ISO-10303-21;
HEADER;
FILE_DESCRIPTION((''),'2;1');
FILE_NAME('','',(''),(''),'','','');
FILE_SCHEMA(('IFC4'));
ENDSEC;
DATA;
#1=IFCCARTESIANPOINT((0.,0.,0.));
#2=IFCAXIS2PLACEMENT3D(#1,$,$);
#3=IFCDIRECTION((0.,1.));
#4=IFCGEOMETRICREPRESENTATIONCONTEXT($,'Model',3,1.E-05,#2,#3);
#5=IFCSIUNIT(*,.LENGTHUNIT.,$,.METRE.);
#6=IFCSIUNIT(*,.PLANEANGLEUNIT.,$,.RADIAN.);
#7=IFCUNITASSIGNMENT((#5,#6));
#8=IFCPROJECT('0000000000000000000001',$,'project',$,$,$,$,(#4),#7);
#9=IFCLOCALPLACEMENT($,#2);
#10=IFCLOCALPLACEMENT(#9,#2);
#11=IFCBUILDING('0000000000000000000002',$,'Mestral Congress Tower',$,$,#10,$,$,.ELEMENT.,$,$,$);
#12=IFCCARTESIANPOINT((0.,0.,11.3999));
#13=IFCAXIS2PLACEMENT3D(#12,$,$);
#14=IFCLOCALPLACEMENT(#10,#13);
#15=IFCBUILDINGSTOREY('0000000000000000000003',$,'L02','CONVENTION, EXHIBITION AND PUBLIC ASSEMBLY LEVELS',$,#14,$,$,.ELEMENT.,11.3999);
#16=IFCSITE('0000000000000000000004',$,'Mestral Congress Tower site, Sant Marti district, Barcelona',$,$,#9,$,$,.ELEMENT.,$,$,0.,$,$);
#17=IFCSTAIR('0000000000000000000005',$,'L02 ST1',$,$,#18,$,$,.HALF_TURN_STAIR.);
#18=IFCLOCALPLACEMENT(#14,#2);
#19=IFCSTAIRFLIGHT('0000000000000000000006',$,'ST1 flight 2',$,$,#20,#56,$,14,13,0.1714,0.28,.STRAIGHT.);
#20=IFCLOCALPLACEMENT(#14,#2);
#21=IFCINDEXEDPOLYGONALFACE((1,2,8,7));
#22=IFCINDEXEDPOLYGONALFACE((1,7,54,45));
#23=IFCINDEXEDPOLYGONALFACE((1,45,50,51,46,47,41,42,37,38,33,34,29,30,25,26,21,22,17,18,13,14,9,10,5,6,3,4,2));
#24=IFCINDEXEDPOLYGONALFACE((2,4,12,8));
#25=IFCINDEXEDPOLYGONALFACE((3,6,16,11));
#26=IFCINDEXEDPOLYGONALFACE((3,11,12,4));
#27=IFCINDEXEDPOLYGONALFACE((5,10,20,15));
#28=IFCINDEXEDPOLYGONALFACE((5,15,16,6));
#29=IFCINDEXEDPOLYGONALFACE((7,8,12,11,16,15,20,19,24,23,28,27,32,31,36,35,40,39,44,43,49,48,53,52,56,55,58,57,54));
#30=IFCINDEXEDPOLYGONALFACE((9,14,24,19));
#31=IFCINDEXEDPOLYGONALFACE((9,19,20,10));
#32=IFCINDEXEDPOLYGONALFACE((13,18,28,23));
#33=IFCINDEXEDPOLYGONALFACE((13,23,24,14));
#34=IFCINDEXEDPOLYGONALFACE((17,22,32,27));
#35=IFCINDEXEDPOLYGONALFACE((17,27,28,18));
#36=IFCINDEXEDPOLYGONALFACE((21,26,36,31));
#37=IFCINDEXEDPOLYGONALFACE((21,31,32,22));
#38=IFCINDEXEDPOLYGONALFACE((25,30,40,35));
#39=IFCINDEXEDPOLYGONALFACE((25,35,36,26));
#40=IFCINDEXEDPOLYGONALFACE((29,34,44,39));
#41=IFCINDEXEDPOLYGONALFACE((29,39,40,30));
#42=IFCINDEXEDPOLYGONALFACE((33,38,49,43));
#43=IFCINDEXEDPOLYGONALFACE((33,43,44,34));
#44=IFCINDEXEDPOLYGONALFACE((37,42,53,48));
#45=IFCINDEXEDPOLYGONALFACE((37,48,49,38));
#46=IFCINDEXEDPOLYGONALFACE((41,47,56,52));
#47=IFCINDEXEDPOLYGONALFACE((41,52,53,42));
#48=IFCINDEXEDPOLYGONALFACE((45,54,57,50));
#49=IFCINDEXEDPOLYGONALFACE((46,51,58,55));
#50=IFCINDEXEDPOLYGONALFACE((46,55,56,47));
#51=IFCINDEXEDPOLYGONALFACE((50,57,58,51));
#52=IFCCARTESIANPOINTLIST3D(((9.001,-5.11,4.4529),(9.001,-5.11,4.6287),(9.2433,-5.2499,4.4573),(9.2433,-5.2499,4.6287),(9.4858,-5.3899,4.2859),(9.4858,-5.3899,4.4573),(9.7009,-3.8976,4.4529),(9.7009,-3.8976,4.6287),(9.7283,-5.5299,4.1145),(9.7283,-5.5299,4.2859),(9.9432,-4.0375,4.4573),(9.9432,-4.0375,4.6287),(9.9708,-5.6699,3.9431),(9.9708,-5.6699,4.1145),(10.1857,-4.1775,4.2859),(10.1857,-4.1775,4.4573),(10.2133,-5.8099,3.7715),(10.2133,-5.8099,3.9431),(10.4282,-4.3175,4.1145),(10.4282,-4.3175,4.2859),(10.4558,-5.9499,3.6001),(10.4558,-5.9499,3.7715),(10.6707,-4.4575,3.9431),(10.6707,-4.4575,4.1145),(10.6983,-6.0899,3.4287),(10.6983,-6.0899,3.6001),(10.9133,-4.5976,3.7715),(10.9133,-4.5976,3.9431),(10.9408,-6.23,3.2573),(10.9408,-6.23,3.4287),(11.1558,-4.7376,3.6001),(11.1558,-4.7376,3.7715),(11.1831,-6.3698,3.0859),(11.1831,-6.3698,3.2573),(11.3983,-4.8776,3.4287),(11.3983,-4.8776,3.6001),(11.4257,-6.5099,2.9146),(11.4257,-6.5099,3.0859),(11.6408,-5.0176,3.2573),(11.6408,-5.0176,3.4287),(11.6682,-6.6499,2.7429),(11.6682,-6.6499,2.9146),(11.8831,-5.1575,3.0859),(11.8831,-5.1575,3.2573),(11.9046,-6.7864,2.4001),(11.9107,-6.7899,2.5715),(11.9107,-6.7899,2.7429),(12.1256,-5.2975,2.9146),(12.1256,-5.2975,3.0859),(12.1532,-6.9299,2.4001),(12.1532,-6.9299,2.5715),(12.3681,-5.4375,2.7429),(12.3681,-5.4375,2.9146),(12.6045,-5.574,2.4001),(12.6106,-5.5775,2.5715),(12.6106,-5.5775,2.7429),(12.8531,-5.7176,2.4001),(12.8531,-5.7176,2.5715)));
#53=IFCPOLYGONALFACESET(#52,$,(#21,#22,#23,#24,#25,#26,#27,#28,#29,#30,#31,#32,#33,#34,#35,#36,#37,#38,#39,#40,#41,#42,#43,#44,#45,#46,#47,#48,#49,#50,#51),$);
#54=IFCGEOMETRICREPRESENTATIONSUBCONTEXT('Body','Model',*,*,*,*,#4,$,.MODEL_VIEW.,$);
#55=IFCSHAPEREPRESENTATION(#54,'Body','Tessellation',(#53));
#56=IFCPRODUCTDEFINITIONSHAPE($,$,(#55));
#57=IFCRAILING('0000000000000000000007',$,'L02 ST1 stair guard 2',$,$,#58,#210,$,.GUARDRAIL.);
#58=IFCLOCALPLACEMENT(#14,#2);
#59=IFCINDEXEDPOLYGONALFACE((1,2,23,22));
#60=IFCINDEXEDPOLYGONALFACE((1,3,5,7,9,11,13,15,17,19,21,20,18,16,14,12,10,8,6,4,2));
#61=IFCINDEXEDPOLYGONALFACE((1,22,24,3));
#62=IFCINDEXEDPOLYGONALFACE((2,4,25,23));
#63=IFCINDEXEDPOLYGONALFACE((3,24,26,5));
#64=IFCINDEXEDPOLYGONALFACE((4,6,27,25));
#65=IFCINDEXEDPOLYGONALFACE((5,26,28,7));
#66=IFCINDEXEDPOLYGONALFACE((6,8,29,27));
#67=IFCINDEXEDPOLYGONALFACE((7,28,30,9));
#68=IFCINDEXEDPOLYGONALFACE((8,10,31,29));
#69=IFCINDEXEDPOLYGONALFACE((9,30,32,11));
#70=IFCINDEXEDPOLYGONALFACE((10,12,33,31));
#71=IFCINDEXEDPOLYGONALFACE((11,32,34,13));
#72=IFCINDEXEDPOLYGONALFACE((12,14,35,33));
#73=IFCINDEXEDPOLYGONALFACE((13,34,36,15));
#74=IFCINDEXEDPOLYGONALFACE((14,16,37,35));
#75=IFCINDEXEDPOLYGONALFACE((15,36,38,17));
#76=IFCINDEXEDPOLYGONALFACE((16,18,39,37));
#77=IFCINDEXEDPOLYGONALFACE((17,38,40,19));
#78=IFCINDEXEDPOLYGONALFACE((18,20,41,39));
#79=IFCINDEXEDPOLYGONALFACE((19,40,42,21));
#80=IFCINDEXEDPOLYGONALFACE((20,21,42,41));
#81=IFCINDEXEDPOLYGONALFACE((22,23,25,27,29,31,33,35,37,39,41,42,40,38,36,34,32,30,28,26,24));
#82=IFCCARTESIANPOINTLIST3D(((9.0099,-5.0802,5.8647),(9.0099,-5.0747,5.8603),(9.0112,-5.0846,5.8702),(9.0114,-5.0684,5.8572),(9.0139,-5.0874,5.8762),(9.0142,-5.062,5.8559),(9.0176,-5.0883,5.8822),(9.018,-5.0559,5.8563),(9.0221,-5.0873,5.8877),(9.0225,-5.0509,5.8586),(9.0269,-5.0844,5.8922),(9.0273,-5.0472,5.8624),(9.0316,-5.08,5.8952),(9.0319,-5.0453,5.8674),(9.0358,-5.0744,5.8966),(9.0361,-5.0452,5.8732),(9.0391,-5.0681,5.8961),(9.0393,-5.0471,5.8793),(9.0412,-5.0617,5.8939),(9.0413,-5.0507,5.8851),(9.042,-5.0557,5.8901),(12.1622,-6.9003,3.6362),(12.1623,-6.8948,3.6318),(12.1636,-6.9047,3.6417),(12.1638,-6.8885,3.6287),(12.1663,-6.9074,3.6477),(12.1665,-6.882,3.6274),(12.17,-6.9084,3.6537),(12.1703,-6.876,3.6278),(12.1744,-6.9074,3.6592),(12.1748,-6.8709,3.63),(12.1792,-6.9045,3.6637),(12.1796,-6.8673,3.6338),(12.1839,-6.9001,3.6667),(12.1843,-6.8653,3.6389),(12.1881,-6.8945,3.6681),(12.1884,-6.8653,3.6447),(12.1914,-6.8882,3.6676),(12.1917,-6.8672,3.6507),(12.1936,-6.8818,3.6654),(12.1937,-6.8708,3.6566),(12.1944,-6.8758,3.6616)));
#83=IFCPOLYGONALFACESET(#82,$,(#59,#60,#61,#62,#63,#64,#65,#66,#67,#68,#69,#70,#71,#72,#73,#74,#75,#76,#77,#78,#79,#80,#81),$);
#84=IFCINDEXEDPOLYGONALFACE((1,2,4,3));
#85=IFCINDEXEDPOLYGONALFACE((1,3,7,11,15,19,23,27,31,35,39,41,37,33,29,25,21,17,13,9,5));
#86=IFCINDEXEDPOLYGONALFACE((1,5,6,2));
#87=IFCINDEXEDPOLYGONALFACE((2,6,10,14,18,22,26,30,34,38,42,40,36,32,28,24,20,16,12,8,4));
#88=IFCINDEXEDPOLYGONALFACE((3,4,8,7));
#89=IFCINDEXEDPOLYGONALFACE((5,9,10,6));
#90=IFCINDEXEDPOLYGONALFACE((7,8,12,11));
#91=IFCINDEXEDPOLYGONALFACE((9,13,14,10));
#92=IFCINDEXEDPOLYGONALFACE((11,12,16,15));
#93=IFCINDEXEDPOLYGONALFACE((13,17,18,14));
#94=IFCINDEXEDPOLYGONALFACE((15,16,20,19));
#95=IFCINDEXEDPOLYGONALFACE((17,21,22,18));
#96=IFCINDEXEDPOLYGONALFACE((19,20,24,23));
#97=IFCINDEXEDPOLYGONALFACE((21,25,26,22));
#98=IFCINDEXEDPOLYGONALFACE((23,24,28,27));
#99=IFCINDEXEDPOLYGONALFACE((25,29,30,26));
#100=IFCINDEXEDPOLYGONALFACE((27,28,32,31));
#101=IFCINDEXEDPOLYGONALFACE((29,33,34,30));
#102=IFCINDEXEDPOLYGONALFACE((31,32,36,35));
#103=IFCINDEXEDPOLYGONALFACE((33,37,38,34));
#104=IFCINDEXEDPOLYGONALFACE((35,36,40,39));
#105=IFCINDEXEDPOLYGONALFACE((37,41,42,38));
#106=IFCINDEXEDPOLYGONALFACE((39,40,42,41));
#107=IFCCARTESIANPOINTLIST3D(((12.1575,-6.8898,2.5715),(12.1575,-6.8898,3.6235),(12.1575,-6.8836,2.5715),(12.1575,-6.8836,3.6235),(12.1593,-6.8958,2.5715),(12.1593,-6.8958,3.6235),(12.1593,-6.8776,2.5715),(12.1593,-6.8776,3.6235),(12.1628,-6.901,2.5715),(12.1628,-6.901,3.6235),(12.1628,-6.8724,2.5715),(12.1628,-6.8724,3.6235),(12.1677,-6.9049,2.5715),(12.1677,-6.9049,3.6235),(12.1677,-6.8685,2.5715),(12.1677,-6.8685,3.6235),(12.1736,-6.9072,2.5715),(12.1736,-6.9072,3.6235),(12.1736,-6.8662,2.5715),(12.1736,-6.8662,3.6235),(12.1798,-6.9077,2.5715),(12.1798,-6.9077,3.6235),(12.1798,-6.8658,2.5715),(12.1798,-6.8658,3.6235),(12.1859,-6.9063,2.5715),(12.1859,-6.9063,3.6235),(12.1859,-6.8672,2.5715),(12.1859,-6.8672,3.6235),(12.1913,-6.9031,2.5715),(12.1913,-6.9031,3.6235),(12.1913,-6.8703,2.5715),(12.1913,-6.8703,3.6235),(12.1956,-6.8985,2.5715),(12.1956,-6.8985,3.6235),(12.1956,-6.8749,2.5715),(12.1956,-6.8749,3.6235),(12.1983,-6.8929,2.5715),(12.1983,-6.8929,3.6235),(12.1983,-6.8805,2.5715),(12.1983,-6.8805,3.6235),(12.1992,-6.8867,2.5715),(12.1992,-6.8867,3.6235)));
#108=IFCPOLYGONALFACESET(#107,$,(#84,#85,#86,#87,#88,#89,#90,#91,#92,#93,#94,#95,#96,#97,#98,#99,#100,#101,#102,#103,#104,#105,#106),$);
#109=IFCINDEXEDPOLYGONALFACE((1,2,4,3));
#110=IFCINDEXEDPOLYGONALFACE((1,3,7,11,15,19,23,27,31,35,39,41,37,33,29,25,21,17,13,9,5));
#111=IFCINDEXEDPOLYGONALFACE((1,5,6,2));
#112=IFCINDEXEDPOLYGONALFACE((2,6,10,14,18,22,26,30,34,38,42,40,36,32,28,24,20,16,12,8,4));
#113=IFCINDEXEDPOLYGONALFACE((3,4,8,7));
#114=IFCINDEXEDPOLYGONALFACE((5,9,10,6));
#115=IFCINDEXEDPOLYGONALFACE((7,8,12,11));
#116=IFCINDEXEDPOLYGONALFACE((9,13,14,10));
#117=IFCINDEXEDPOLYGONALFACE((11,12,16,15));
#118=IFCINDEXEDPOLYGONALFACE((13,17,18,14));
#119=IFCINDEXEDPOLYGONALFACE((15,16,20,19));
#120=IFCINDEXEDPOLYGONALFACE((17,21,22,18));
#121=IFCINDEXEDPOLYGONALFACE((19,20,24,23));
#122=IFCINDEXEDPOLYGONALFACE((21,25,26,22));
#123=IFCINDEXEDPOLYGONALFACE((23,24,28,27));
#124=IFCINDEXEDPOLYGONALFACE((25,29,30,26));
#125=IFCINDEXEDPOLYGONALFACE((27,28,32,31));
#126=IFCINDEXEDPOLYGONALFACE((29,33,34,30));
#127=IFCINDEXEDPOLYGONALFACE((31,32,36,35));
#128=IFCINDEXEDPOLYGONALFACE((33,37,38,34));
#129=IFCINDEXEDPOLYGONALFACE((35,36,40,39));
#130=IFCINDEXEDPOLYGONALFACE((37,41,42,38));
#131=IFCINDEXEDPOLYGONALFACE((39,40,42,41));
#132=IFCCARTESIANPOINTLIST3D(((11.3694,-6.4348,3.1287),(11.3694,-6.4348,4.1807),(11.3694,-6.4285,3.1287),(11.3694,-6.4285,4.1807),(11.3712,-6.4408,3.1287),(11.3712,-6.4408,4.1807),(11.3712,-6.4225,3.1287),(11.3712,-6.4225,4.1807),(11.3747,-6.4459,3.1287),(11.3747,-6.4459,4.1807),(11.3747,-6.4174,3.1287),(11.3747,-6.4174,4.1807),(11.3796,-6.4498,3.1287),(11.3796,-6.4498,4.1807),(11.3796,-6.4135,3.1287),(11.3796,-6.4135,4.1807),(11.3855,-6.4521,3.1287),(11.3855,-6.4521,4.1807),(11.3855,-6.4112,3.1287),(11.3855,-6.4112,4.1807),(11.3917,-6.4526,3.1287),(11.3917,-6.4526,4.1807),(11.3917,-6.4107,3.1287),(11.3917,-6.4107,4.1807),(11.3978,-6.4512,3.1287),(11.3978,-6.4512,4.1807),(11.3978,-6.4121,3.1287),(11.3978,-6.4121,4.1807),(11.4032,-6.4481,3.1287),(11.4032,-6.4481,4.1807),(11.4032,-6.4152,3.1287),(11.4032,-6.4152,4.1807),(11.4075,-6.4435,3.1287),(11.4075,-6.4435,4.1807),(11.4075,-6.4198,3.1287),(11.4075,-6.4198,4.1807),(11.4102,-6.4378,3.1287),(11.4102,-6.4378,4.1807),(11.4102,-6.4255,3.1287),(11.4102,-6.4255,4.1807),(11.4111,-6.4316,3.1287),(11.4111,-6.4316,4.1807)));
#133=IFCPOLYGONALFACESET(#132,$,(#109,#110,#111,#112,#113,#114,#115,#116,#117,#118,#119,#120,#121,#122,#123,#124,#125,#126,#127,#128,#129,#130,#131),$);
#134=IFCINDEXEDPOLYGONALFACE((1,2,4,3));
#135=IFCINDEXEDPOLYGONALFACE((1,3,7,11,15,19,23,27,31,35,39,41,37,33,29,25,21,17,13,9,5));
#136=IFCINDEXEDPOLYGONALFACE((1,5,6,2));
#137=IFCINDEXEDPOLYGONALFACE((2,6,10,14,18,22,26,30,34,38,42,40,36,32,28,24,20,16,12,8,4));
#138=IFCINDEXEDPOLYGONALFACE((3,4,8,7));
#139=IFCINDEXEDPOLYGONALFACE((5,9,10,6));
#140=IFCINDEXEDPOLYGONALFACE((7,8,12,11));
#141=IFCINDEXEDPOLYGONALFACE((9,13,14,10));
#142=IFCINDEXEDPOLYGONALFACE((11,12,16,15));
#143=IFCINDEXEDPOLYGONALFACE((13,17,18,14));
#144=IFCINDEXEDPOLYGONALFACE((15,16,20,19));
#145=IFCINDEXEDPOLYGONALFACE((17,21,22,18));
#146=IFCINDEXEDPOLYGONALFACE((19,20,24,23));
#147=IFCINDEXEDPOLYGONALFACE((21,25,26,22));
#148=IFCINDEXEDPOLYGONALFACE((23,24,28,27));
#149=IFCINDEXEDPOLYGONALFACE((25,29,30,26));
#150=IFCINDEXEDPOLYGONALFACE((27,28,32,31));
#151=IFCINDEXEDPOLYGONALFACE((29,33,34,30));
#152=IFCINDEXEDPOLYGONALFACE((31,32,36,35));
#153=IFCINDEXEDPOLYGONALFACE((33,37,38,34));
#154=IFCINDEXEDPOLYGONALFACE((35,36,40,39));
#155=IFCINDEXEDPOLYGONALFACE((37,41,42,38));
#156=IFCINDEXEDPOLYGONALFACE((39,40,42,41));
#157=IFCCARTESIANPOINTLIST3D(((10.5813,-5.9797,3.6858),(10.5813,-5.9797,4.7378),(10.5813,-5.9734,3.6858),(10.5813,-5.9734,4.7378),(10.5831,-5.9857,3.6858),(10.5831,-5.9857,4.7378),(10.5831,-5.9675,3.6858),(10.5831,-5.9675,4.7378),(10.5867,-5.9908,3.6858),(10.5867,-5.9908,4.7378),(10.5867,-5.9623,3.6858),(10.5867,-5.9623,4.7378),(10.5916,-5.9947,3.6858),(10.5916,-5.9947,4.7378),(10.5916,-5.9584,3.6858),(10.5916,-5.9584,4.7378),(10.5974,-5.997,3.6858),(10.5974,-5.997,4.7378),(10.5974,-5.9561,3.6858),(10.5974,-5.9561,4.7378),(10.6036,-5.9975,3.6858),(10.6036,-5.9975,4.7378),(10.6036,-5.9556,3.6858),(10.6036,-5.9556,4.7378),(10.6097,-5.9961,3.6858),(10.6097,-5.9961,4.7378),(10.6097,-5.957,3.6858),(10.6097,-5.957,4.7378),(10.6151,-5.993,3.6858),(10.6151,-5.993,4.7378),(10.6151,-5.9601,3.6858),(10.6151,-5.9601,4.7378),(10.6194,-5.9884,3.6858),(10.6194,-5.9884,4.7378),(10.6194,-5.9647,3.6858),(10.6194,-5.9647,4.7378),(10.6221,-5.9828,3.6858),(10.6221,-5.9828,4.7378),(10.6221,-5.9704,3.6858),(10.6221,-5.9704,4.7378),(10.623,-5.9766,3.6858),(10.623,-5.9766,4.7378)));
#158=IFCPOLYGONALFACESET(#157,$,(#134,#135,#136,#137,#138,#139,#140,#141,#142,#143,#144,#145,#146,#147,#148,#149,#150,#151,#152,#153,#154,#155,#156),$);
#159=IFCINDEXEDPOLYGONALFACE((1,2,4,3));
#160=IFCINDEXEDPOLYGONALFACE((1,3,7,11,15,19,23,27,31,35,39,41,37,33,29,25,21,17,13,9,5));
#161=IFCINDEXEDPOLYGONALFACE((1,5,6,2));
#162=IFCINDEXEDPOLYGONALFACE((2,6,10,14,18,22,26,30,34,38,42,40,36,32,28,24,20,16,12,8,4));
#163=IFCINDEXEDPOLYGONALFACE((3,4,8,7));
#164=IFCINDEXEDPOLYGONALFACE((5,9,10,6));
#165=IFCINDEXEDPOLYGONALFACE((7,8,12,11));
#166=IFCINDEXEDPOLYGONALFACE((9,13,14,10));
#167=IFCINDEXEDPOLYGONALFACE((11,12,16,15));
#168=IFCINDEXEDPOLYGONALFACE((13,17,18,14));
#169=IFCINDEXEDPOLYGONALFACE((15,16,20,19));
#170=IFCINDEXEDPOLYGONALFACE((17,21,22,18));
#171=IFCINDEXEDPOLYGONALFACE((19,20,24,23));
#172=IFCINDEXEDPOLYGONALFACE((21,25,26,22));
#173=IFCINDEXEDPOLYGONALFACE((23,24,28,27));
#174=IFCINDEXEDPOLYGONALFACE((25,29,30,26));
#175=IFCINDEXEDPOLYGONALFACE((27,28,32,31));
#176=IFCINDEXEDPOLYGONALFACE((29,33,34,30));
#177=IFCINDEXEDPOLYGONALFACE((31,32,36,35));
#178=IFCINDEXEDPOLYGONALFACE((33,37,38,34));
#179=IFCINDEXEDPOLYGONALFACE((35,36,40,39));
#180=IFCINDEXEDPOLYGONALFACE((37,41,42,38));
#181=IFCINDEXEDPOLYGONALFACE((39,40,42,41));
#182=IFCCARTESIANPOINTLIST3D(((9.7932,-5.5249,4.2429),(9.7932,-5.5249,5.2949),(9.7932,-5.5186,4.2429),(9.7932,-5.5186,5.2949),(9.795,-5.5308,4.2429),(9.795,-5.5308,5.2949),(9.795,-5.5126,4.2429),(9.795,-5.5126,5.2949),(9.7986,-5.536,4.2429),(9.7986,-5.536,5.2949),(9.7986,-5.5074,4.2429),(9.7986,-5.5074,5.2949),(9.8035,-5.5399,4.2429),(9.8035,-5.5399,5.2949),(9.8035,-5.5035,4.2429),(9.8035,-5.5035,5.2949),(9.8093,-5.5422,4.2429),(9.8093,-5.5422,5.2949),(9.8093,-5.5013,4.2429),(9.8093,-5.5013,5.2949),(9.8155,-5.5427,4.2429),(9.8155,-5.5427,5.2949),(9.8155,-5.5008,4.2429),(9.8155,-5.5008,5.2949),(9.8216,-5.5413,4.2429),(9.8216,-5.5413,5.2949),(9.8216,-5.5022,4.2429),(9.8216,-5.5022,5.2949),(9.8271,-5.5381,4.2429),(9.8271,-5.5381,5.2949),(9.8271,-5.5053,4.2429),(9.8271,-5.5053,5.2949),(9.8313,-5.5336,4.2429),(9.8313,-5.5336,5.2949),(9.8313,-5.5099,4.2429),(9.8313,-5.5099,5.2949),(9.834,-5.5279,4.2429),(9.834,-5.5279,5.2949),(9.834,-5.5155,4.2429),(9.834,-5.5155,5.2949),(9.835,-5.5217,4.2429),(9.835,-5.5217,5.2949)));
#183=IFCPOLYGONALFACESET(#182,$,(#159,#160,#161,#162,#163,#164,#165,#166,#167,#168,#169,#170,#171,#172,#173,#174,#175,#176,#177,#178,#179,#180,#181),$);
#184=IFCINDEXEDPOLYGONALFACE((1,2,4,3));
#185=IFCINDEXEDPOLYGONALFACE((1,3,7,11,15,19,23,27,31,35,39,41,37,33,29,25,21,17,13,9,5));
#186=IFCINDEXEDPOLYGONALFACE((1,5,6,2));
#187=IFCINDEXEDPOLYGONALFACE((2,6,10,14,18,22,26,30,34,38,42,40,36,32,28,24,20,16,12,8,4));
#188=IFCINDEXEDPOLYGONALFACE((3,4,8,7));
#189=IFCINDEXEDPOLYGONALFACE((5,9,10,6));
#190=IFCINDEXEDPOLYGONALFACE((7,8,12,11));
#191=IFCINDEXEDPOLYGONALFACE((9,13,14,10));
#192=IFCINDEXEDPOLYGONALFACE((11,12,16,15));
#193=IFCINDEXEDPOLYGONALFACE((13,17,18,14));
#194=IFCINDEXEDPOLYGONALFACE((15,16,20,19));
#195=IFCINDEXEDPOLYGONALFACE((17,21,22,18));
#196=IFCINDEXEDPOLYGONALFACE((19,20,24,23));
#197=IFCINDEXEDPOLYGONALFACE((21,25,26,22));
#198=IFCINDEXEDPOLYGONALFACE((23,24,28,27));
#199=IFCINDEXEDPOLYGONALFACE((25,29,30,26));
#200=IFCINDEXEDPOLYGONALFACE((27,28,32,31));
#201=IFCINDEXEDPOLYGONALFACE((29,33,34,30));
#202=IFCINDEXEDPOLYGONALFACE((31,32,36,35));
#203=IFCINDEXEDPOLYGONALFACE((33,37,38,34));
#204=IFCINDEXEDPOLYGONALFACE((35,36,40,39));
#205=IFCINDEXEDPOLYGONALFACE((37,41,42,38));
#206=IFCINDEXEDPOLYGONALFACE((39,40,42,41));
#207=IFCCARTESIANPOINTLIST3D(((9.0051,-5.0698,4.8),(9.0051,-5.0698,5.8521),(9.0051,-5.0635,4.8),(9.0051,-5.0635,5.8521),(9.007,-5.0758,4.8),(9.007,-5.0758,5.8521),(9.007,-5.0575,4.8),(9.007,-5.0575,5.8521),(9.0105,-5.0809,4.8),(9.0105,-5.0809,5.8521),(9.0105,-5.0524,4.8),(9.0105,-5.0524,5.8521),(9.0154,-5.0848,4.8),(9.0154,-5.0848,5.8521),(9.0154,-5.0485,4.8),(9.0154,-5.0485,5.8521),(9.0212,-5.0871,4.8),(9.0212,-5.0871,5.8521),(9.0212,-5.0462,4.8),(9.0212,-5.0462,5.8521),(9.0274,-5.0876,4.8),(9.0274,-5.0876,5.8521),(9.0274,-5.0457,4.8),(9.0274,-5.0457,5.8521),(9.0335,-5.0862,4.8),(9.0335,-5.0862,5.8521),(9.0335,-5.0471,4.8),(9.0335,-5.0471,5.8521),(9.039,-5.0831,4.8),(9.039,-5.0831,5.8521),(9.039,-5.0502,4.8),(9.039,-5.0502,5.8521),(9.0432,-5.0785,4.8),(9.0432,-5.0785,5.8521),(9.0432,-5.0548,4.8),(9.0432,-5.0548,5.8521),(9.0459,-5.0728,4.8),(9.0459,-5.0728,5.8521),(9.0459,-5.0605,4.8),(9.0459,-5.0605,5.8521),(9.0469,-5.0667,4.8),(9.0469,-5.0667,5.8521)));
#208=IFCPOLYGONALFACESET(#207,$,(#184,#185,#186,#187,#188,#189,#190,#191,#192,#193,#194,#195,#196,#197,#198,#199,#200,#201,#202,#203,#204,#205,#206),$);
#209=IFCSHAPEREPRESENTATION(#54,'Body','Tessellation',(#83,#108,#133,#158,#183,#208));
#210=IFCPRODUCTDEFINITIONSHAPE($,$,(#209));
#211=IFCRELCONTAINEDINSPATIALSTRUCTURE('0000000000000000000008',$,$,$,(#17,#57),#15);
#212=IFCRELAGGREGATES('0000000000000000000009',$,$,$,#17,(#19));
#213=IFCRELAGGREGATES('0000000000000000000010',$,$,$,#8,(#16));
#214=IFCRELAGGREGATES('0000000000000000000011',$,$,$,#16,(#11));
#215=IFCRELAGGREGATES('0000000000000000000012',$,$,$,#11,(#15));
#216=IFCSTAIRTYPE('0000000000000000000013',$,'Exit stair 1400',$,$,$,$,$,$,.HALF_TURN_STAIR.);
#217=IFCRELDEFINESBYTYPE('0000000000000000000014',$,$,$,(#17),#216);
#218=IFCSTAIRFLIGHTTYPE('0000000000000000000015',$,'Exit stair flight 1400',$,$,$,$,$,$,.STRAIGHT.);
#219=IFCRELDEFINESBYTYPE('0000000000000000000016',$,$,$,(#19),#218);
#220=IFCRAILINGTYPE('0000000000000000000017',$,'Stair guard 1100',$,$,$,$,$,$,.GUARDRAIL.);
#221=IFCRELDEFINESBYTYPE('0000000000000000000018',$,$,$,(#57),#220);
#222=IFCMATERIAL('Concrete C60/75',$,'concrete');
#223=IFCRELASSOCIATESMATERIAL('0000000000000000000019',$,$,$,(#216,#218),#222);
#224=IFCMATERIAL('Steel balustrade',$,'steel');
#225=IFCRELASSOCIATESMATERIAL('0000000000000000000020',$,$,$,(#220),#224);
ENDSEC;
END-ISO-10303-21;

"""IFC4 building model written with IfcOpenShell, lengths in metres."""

from ifc_helpers import new_model, si_unit, direction, frame, origin, origin_2d, place, context, subcontext, project, spatial, polyline, circle, outline, extrude, material, type_object, element, aggregate, save


model = new_model("IFC4")

# Units and contexts
model_context = context("Model", 3, precision=1e-05, world=origin(), true_north=direction((0.0, 1.0)))
body_context = subcontext(model_context, "Body", "Model", "MODEL_VIEW")
ifc_project = project(units=[si_unit("LENGTHUNIT", "METRE"), si_unit("PLANEANGLEUNIT", "RADIAN")], contexts=[model_context])

# Site, building, storey
site_placement = place(None, origin())
site = spatial("IfcSite", under=ifc_project, at=site_placement, Name="Mestral Congress Tower site, Sant Marti district, Barcelona", CompositionType="ELEMENT", RefElevation=0.0)
building_placement = place(site_placement, origin())
building = spatial("IfcBuilding", under=site, at=building_placement, Name="Mestral Congress Tower", CompositionType="ELEMENT")
storey_placement = place(building_placement, frame((0.0, 0.0, 11.3999)))
storey = spatial("IfcBuildingStorey", under=building, at=storey_placement, Name="L02", Description="CONVENTION, EXHIBITION AND PUBLIC ASSEMBLY LEVELS", CompositionType="ELEMENT", Elevation=11.3999)

# Shared definitions
ifc_material_1 = material(Name="Concrete C60/75", Category="concrete")

# Stair, stair flight
stair_type = type_object("IfcStairType", Name="Exit stair 1400", PredefinedType="HALF_TURN_STAIR", material=ifc_material_1)
stair_placement = place(storey_placement, origin())
stair = element("IfcStair", 1, at=stair_placement, inside=storey, type_object=stair_type, Name="L02 ST1", PredefinedType="HALF_TURN_STAIR")
stair_flight_type = type_object("IfcStairFlightType", Name="Exit stair flight 1400", PredefinedType="STRAIGHT", material=ifc_material_1)
stair_flight_placement = place(storey_placement, frame((12.5032, -6.3237, 2.4001), z_axis=(0.0, 0.0, 1.0), x_axis=(-0.866025, 0.5, 0.0)))
stair_flight = element("IfcStairFlight", 2, at=stair_flight_placement, type_object=stair_flight_type, Name="ST1 flight 2", NumberOfRisers=14, NumberOfTreads=13, PredefinedType="STRAIGHT", RiserHeight=0.1714, TreadLength=0.28, context=body_context, shape_type="SweptSolid", body=[
    extrude(outline(polyline([(0.0, 0.0), (0.0, 0.1714), (0.28, 0.1714), (0.28, 0.3428), (0.5601, 0.3428), (0.5601, 0.5144), (0.8401, 0.5144), (0.8401, 0.6858), (1.1201, 0.6858), (1.1201, 0.8572), (1.3999, 0.8572), (1.3999, 1.0286), (1.6799, 1.0286), (1.6799, 1.2), (1.96, 1.2), (1.96, 1.3713), (2.24, 1.3713), (2.24, 1.543), (2.52, 1.543), (2.52, 1.7144), (2.8, 1.7144), (2.8, 1.8857), (3.0801, 1.8857), (3.0801, 2.0571), (3.3601, 2.0571), (3.3601, 2.2285), (3.6399, 2.2285), (3.6399, 2.3999), (3.6399, 2.0527), (0.2871, 0.0), (0.0, 0.0)])), frame((0.0, 0.7, 0.0), z_axis=(0.0, -1.0, 0.0), x_axis=(1.0, 0.0, 0.0)), (0.0, 0.0, 1.0), 1.3999),
])
aggregate(stair, [stair_flight])

# Railing
ifc_material_2 = material(Name="Steel balustrade", Category="steel")
railing_type_1 = type_object("IfcRailingType", Name="Stair guard 1100", PredefinedType="GUARDRAIL", material=ifc_material_2)
railing_1_placement = place(storey_placement, frame((12.1782, -6.8867, 2.5715)))
element("IfcRailing", 3, at=railing_1_placement, inside=storey, type_object=railing_type_1, Name="L02 ST1 stair guard 2", PredefinedType="GUARDRAIL", context=body_context, shape_type="SweptSolid", body=[
    extrude(circle(Radius=0.0239, at=origin_2d()), frame((0.0, 0.0, 1.0762), z_axis=(-0.738592, 0.426441, 0.52214), x_axis=(-0.500013, -0.866018, 0.0)), (0.0, 0.0, 1.0), 4.2681),
    extrude(circle(Radius=0.021, at=origin_2d()), origin(), (0.0, 0.0, 1.0), 1.052),
    extrude(circle(Radius=0.021, at=origin_2d()), frame((-0.7881, 0.4551, 0.5571)), (0.0, 0.0, 1.0), 1.052),
    extrude(circle(Radius=0.021, at=origin_2d()), frame((-1.5762, 0.9102, 1.1143)), (0.0, 0.0, 1.0), 1.052),
    extrude(circle(Radius=0.021, at=origin_2d()), frame((-2.3643, 1.365, 1.6714)), (0.0, 0.0, 1.0), 1.052),
    extrude(circle(Radius=0.021, at=origin_2d()), frame((-3.1523, 1.8201, 2.2285)), (0.0, 0.0, 1.0), 1.052),
])

save(model, "model.ifc")
